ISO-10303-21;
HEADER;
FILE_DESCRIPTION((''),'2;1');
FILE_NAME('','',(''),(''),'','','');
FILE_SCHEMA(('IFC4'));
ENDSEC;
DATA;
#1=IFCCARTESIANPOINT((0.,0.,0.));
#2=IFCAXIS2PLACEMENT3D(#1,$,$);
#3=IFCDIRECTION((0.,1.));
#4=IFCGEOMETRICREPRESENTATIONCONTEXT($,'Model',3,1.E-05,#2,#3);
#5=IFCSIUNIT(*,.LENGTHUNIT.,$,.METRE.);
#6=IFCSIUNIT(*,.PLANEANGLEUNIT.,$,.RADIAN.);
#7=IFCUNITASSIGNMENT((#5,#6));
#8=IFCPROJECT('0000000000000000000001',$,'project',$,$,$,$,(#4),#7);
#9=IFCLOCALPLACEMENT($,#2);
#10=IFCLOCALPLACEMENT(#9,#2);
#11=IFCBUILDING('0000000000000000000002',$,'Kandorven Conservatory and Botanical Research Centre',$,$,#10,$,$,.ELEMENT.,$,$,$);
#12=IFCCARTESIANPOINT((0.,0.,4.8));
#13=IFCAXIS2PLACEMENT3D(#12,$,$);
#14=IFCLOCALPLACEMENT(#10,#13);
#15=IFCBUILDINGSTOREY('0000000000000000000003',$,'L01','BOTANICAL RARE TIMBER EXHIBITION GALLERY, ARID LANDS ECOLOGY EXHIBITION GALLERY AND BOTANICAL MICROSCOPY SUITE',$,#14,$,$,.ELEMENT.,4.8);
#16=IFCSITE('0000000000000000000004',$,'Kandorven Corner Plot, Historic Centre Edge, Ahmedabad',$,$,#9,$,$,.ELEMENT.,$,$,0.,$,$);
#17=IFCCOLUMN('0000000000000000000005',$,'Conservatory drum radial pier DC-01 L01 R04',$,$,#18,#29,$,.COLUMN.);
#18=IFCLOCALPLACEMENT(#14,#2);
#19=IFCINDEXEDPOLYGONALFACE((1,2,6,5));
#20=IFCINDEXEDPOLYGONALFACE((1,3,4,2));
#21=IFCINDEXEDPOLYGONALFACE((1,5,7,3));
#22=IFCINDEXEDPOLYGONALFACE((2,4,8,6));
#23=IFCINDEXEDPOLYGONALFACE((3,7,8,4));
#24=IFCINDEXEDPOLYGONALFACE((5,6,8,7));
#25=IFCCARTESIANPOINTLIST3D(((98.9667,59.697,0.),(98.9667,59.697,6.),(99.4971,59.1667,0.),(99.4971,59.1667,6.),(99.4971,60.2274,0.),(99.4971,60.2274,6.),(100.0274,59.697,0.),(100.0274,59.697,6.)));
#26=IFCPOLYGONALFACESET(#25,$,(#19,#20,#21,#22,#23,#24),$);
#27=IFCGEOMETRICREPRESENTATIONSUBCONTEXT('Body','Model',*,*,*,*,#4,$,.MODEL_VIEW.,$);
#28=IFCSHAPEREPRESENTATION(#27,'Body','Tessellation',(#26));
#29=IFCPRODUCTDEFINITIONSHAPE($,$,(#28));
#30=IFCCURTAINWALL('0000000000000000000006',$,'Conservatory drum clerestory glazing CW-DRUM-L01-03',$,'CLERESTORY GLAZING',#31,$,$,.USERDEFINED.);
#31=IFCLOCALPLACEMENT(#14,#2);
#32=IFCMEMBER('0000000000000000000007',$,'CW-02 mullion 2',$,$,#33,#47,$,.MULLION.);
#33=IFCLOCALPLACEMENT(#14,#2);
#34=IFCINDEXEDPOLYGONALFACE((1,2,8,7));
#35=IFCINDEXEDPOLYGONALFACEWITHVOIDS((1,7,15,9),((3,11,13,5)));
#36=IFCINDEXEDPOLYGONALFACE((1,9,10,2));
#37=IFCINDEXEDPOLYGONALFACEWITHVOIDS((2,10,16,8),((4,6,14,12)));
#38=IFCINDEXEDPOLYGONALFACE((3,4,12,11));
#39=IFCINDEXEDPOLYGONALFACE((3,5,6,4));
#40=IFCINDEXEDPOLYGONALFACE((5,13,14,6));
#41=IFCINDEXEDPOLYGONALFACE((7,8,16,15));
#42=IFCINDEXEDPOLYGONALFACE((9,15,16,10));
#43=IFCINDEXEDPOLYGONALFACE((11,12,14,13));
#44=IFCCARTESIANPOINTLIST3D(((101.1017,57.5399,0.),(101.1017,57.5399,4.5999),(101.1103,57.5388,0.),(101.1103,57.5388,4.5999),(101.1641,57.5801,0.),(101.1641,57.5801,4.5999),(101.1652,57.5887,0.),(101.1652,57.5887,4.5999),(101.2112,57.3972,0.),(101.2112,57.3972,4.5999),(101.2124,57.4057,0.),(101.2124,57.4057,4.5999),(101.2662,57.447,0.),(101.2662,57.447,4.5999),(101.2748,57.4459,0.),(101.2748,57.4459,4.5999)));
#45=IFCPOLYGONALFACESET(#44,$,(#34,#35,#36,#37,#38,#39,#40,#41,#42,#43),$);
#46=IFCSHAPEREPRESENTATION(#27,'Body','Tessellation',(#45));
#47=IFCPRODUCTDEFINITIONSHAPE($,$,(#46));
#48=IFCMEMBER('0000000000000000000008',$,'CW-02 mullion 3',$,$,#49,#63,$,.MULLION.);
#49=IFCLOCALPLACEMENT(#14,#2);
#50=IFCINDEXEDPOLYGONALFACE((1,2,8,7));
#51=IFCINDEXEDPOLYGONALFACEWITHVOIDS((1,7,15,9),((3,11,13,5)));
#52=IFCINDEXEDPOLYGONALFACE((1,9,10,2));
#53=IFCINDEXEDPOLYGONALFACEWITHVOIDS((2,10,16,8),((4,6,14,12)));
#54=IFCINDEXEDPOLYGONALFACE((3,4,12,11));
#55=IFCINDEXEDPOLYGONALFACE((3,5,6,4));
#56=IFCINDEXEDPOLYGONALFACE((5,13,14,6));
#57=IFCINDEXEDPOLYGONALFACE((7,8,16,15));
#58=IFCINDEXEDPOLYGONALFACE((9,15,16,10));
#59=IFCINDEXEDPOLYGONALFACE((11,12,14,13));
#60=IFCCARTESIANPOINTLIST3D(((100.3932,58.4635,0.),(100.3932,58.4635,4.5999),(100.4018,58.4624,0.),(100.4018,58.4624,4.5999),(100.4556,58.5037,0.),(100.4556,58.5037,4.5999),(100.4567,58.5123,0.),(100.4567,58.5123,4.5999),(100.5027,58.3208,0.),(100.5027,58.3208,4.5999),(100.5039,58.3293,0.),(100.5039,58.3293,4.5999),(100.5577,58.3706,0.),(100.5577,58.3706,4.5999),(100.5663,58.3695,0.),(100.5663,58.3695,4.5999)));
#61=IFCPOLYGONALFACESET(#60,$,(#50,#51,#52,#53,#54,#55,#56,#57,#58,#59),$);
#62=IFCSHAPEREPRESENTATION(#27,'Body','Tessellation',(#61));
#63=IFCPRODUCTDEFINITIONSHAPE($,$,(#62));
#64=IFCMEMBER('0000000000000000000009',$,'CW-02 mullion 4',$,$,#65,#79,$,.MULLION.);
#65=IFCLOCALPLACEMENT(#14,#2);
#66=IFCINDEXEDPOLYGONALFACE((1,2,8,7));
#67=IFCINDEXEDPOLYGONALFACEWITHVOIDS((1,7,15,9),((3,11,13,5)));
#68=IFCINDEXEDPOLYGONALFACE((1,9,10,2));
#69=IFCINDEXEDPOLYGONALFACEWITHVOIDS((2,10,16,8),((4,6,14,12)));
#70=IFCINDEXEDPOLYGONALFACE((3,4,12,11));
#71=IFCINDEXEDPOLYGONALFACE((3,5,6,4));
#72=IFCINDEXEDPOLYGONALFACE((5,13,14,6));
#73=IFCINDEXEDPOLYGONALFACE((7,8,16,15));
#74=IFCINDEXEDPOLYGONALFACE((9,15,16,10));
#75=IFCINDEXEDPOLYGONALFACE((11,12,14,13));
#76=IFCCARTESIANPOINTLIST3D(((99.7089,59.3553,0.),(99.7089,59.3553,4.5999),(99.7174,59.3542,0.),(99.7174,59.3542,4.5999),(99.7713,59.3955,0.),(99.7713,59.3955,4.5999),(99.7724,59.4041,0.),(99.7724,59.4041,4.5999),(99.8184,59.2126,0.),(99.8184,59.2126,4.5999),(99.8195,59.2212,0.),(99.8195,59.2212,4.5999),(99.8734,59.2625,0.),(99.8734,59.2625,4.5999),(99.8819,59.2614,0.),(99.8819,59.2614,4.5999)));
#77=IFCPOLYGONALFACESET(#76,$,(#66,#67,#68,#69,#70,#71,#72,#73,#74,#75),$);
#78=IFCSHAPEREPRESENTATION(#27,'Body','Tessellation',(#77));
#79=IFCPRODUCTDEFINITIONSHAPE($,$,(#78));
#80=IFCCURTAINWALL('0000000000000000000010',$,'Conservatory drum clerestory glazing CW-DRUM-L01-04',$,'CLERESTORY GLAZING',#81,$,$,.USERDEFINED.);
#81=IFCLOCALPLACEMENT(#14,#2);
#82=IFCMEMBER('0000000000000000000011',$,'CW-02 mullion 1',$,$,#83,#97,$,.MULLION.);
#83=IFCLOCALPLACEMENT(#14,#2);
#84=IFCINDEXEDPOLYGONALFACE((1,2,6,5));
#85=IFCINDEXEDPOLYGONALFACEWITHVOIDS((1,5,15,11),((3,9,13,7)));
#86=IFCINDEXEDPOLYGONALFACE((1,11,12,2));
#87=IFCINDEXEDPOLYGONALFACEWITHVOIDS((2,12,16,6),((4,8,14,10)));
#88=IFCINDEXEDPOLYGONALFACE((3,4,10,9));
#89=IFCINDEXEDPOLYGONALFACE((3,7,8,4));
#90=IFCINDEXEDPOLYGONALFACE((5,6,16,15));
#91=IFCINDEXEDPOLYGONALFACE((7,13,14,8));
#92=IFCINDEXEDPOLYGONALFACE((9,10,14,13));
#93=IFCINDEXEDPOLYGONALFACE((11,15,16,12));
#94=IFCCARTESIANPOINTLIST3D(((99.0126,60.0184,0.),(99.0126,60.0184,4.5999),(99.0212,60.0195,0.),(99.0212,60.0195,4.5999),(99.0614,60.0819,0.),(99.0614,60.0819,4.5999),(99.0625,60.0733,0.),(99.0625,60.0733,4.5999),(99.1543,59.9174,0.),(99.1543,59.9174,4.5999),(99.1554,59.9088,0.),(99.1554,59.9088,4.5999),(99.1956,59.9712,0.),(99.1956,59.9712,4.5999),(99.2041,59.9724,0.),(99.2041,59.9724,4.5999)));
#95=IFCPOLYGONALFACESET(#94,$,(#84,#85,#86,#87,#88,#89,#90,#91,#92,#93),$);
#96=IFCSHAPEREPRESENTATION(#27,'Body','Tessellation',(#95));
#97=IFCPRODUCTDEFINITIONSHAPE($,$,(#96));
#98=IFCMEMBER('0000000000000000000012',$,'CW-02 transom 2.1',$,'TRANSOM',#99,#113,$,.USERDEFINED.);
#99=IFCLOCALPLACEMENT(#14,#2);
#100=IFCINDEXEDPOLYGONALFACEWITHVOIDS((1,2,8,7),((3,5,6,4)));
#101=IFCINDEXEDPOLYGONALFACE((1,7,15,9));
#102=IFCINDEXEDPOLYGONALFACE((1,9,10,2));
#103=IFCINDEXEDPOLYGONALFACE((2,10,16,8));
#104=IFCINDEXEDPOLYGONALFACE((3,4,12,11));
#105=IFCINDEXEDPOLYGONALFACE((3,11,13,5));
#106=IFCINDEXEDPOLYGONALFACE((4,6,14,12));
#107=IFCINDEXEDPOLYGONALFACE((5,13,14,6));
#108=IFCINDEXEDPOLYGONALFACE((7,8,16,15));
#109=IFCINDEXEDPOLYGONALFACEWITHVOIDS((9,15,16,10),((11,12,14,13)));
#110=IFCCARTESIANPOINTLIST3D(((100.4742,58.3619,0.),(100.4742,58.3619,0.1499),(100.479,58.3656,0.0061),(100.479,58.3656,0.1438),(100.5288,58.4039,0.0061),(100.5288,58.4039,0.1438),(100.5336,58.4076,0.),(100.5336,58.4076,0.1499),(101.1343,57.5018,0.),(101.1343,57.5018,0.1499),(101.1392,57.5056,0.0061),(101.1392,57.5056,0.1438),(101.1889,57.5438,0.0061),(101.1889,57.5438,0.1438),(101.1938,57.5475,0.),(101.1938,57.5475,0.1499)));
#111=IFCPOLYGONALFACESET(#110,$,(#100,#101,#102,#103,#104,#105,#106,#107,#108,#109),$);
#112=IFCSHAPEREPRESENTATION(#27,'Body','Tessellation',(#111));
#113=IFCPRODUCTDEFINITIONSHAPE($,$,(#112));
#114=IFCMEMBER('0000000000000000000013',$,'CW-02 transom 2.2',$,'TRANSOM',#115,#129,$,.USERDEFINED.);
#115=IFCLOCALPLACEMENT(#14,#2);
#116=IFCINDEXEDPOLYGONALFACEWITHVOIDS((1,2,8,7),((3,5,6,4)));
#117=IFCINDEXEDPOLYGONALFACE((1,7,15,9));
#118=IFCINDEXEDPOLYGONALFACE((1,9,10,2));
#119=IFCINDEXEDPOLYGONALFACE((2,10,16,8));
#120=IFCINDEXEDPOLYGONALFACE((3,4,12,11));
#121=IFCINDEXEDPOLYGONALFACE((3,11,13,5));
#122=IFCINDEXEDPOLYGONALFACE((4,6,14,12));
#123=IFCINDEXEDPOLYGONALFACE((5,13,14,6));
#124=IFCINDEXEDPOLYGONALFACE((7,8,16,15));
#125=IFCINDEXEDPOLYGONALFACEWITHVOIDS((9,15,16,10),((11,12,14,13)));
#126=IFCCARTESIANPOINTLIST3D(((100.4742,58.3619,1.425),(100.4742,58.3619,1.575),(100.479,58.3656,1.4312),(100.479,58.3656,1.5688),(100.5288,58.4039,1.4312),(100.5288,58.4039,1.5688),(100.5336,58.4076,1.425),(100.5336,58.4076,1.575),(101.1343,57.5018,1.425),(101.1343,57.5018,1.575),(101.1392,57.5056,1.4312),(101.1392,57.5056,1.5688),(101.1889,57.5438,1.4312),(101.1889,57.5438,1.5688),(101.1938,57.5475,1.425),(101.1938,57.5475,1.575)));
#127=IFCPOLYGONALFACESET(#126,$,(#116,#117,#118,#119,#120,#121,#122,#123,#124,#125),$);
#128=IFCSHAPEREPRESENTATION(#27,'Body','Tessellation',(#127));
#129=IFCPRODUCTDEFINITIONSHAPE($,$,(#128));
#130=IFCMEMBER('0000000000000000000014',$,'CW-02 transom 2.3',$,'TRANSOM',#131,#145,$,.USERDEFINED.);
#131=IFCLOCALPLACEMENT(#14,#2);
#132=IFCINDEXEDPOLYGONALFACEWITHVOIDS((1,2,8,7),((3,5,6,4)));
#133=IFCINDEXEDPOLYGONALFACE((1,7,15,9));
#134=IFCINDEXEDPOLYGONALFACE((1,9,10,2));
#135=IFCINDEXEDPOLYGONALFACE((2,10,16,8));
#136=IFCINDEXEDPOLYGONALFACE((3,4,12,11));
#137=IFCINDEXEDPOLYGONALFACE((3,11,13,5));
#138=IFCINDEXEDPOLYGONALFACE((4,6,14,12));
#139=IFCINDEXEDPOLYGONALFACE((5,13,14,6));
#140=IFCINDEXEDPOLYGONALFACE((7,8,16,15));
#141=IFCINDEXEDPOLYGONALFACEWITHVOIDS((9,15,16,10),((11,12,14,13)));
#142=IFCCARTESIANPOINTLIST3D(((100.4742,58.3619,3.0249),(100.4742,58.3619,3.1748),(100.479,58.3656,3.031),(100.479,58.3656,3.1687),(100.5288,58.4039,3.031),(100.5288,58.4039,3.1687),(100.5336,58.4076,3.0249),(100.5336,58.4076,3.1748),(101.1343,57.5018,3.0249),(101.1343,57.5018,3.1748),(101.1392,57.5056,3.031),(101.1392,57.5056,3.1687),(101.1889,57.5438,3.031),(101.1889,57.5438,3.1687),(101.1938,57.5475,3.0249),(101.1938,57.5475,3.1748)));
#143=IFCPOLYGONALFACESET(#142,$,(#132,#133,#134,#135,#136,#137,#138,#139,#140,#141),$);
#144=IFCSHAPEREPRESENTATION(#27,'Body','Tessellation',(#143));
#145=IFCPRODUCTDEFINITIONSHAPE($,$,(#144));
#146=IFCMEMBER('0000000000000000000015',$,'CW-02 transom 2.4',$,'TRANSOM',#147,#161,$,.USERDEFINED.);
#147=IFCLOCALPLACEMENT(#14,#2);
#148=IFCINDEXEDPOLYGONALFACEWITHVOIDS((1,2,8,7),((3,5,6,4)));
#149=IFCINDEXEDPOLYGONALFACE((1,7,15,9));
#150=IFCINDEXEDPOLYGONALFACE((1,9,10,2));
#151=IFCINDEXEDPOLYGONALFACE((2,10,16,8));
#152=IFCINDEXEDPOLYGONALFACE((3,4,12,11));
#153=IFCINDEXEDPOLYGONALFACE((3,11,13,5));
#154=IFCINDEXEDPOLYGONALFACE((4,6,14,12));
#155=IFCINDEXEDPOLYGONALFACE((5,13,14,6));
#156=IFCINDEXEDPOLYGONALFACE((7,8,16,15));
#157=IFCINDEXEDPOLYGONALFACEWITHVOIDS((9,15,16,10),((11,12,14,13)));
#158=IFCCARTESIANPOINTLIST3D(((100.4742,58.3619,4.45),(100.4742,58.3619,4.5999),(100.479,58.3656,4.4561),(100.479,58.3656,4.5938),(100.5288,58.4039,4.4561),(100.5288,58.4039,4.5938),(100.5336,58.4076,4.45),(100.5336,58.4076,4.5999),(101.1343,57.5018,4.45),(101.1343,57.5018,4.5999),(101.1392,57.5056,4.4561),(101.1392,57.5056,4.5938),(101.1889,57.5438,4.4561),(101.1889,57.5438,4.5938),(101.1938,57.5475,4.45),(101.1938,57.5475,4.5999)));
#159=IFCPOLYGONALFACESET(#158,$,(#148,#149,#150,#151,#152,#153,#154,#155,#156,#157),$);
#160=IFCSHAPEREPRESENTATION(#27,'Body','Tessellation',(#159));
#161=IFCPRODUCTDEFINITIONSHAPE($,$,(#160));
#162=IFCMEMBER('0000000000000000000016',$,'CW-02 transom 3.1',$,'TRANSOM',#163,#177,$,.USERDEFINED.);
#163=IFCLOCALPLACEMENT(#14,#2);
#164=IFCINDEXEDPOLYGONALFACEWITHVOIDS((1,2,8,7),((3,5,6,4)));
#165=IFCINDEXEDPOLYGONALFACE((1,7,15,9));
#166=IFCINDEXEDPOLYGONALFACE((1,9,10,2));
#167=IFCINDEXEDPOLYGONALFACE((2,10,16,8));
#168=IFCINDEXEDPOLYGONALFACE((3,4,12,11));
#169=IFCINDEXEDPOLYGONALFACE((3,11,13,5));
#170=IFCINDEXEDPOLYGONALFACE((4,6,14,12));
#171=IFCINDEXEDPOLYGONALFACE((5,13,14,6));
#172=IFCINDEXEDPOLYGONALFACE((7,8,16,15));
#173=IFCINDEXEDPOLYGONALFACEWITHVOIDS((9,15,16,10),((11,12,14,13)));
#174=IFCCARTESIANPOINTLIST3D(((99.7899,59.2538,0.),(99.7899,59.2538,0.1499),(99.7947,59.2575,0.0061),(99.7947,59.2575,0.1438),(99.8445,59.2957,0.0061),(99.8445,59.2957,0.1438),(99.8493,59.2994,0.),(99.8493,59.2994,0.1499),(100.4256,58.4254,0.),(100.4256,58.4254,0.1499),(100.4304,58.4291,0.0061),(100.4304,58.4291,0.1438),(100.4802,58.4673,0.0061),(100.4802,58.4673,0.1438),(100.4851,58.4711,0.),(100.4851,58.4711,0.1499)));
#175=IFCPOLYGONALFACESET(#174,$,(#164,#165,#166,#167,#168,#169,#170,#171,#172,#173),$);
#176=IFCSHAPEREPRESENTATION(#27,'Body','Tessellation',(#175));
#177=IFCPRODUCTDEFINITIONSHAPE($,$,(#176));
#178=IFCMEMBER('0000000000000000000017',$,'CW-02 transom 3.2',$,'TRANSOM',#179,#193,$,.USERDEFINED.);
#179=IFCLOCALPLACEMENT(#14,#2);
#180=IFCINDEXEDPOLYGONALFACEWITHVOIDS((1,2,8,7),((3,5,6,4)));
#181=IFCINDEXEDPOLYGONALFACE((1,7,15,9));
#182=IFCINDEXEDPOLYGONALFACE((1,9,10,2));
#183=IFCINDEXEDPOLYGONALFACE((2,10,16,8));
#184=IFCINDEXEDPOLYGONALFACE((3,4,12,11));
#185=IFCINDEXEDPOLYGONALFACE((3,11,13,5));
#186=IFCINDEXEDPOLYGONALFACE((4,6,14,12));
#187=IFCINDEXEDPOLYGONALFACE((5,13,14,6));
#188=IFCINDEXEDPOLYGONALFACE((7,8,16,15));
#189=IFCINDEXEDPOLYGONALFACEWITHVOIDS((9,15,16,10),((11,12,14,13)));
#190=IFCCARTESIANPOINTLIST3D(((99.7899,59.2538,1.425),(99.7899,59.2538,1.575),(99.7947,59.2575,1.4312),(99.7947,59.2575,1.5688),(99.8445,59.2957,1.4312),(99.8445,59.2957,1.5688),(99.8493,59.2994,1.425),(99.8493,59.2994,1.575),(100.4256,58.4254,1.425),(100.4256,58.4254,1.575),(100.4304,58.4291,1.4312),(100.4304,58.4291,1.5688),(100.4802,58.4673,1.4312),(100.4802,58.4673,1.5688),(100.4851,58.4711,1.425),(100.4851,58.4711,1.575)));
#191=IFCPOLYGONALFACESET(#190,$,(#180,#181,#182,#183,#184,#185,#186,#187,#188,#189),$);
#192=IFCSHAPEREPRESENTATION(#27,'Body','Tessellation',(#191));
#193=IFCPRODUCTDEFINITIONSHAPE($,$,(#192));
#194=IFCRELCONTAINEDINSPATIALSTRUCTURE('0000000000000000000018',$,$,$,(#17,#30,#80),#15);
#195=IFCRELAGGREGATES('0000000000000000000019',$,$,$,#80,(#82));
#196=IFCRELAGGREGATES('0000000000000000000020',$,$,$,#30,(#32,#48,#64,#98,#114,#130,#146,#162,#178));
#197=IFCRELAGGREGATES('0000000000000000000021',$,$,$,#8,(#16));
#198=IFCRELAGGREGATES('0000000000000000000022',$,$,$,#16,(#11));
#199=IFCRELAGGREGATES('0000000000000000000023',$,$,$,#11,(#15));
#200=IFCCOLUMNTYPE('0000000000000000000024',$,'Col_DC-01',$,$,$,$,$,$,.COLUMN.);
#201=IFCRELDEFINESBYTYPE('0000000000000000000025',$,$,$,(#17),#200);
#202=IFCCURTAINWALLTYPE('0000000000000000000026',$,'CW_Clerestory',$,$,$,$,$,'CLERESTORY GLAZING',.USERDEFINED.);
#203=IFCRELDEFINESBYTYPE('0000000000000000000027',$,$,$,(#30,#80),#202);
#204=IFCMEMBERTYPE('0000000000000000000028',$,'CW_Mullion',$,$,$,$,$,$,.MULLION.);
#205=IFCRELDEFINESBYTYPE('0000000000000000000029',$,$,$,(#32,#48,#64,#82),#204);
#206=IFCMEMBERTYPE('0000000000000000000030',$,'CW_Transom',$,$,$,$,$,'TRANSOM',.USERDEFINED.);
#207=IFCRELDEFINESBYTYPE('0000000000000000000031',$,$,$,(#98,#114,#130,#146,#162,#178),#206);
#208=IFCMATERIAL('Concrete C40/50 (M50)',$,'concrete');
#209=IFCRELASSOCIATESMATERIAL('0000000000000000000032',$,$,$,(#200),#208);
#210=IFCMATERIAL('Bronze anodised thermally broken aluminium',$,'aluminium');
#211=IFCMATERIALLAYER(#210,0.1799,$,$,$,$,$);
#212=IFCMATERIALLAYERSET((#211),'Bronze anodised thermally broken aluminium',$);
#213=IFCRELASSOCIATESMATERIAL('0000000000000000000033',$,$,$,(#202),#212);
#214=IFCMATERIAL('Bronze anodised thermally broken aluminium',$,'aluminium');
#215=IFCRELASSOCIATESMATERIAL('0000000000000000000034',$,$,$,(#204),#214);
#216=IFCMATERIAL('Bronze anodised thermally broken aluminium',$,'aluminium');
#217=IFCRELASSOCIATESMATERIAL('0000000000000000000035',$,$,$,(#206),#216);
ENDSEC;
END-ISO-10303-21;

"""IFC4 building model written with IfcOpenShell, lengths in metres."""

from ifc_helpers import new_model, si_unit, direction, frame, origin, origin_2d, place, context, subcontext, project, spatial, rectangle, hollow_rectangle, extrude, material, layer, layer_set, material_profile, profile_set, type_object, element, aggregate, save


model = new_model("IFC4")

# Units and contexts
model_context = context("Model", 3, precision=1e-05, world=origin(), true_north=direction((0.0, 1.0)))
body_context = subcontext(model_context, "Body", "Model", "MODEL_VIEW")
ifc_project = project(units=[si_unit("LENGTHUNIT", "METRE"), si_unit("PLANEANGLEUNIT", "RADIAN")], contexts=[model_context])

# Site, building, storey
site_placement = place(None, origin())
site = spatial("IfcSite", under=ifc_project, at=site_placement, Name="Kandorven Corner Plot, Historic Centre Edge, Ahmedabad", CompositionType="ELEMENT", RefElevation=0.0)
building_placement = place(site_placement, origin())
building = spatial("IfcBuilding", under=site, at=building_placement, Name="Kandorven Conservatory and Botanical Research Centre", CompositionType="ELEMENT")
storey_placement = place(building_placement, frame((0.0, 0.0, 4.8)))
storey = spatial("IfcBuildingStorey", under=building, at=storey_placement, Name="L01", Description="BOTANICAL RARE TIMBER EXHIBITION GALLERY, ARID LANDS ECOLOGY EXHIBITION GALLERY AND BOTANICAL MICROSCOPY SUITE", CompositionType="ELEMENT", Elevation=4.8)

# Column
ifc_material_1 = material(Name="Concrete C40/50 (M50)", Category="concrete")
ifc_material_profile_1 = material_profile(ifc_material_1, rectangle(XDim=0.75, YDim=0.75, at=origin_2d()))
ifc_profile_set_1 = profile_set([ifc_material_profile_1], Name="Concrete C40/50 (M50)")
column_type = type_object("IfcColumnType", Name="Col_DC-01", PredefinedType="COLUMN", material=ifc_profile_set_1)
column_placement = place(storey_placement, frame((99.4971, 59.697, 0.0), z_axis=(0.0, 0.0, 1.0), x_axis=(0.707107, 0.707107, 0.0)))
element("IfcColumn", 1, at=column_placement, inside=storey, type_object=column_type, Name="Conservatory drum radial pier DC-01 L01 R04", PredefinedType="COLUMN", context=body_context, shape_type="SweptSolid", body=[
    extrude(rectangle(XDim=0.75, YDim=0.75, at=origin_2d()), origin(), (0.0, 0.0, 1.0), 6.0),
])

# Curtain wall, members
ifc_material_2 = material(Name="Bronze anodised thermally broken aluminium", Category="aluminium")
ifc_layer_1 = layer(ifc_material_2, 0.1799)
ifc_layer_set_1 = layer_set([ifc_layer_1], Name="Bronze anodised thermally broken aluminium")
curtain_wall_type = type_object("IfcCurtainWallType", Name="CW_Clerestory", ElementType="CLERESTORY GLAZING", PredefinedType="USERDEFINED", material=ifc_layer_set_1)
curtain_wall_1_placement = place(storey_placement, origin())
curtain_wall_1 = element("IfcCurtainWall", 2, at=curtain_wall_1_placement, inside=storey, type_object=curtain_wall_type, Name="Conservatory drum clerestory glazing CW-DRUM-L01-03", ObjectType="CLERESTORY GLAZING", PredefinedType="USERDEFINED")
ifc_material_3 = material(Name="Bronze anodised thermally broken aluminium", Category="aluminium")
ifc_material_profile_2 = material_profile(ifc_material_3, hollow_rectangle(XDim=0.0801, YDim=0.1799, WallThickness=0.0061, at=origin_2d()))
ifc_profile_set_2 = profile_set([ifc_material_profile_2], Name="Bronze anodised thermally broken aluminium")
member_type_1 = type_object("IfcMemberType", Name="CW_Mullion", PredefinedType="MULLION", material=ifc_profile_set_2)
member_1_placement = place(storey_placement, frame((101.1882, 57.4929, 0.0), z_axis=(0.0, 0.0, 1.0), x_axis=(-0.793347, -0.608769, 0.0)))
member_1 = element("IfcMember", 3, at=member_1_placement, type_object=member_type_1, Name="CW-02 mullion 2", PredefinedType="MULLION", context=body_context, shape_type="SweptSolid", body=[
    extrude(hollow_rectangle(XDim=0.0801, YDim=0.1799, WallThickness=0.0061, at=origin_2d()), origin(), (0.0, 0.0, 1.0), 4.5999),
])
member_2_placement = place(storey_placement, frame((100.4797, 58.4165, 0.0), z_axis=(0.0, 0.0, 1.0), x_axis=(-0.793347, -0.608769, 0.0)))
member_2 = element("IfcMember", 4, at=member_2_placement, type_object=member_type_1, Name="CW-02 mullion 3", PredefinedType="MULLION", context=body_context, shape_type="SweptSolid", body=[
    extrude(hollow_rectangle(XDim=0.0801, YDim=0.1799, WallThickness=0.0061, at=origin_2d()), origin(), (0.0, 0.0, 1.0), 4.5999),
])
member_3_placement = place(storey_placement, frame((99.7954, 59.3083, 0.0), z_axis=(0.0, 0.0, 1.0), x_axis=(-0.793347, -0.608769, 0.0)))
member_3 = element("IfcMember", 5, at=member_3_placement, type_object=member_type_1, Name="CW-02 mullion 4", PredefinedType="MULLION", context=body_context, shape_type="SweptSolid", body=[
    extrude(hollow_rectangle(XDim=0.0801, YDim=0.1799, WallThickness=0.0061, at=origin_2d()), origin(), (0.0, 0.0, 1.0), 4.5999),
])

# Curtain wall, member
curtain_wall_2_placement = place(storey_placement, origin())
curtain_wall_2 = element("IfcCurtainWall", 6, at=curtain_wall_2_placement, inside=storey, type_object=curtain_wall_type, Name="Conservatory drum clerestory glazing CW-DRUM-L01-04", ObjectType="CLERESTORY GLAZING", PredefinedType="USERDEFINED")
member_4_placement = place(storey_placement, frame((99.1084, 59.9954, 0.0), z_axis=(0.0, 0.0, 1.0), x_axis=(-0.608769, -0.793347, 0.0)))
member_4 = element("IfcMember", 7, at=member_4_placement, type_object=member_type_1, Name="CW-02 mullion 1", PredefinedType="MULLION", context=body_context, shape_type="SweptSolid", body=[
    extrude(hollow_rectangle(XDim=0.0801, YDim=0.1799, WallThickness=0.0061, at=origin_2d()), origin(), (0.0, 0.0, 1.0), 4.5999),
])
aggregate(curtain_wall_2, [member_4])

# Members
ifc_material_4 = material(Name="Bronze anodised thermally broken aluminium", Category="aluminium")
ifc_material_profile_3 = material_profile(ifc_material_4, hollow_rectangle(XDim=0.075, YDim=0.1499, WallThickness=0.0061, at=origin_2d()))
ifc_profile_set_3 = profile_set([ifc_material_profile_3], Name="Bronze anodised thermally broken aluminium")
member_type_2 = type_object("IfcMemberType", Name="CW_Transom", ElementType="TRANSOM", PredefinedType="USERDEFINED", material=ifc_profile_set_3)
member_5_placement = place(storey_placement, frame((101.1641, 57.5247, 0.075), z_axis=(-0.608862, 0.793276, 0.0), x_axis=(-0.793276, -0.608862, 0.0)))
member_5 = element("IfcMember", 8, at=member_5_placement, type_object=member_type_2, Name="CW-02 transom 2.1", ObjectType="TRANSOM", PredefinedType="USERDEFINED", context=body_context, shape_type="SweptSolid", body=[
    extrude(hollow_rectangle(XDim=0.075, YDim=0.1499, WallThickness=0.0061, at=origin_2d()), origin(), (0.0, 0.0, 1.0), 1.0842),
])
member_6_placement = place(storey_placement, frame((101.1641, 57.5247, 1.5), z_axis=(-0.608862, 0.793276, 0.0), x_axis=(-0.793276, -0.608862, 0.0)))
member_6 = element("IfcMember", 9, at=member_6_placement, type_object=member_type_2, Name="CW-02 transom 2.2", ObjectType="TRANSOM", PredefinedType="USERDEFINED", context=body_context, shape_type="SweptSolid", body=[
    extrude(hollow_rectangle(XDim=0.075, YDim=0.1499, WallThickness=0.0061, at=origin_2d()), origin(), (0.0, 0.0, 1.0), 1.0842),
])
member_7_placement = place(storey_placement, frame((101.1641, 57.5247, 3.0999), z_axis=(-0.608862, 0.793276, 0.0), x_axis=(-0.793276, -0.608862, 0.0)))
member_7 = element("IfcMember", 10, at=member_7_placement, type_object=member_type_2, Name="CW-02 transom 2.3", ObjectType="TRANSOM", PredefinedType="USERDEFINED", context=body_context, shape_type="SweptSolid", body=[
    extrude(hollow_rectangle(XDim=0.075, YDim=0.1499, WallThickness=0.0061, at=origin_2d()), origin(), (0.0, 0.0, 1.0), 1.0842),
])
member_8_placement = place(storey_placement, frame((101.1641, 57.5247, 4.5249), z_axis=(-0.608862, 0.793276, 0.0), x_axis=(-0.793276, -0.608862, 0.0)))
member_8 = element("IfcMember", 11, at=member_8_placement, type_object=member_type_2, Name="CW-02 transom 2.4", ObjectType="TRANSOM", PredefinedType="USERDEFINED", context=body_context, shape_type="SweptSolid", body=[
    extrude(hollow_rectangle(XDim=0.075, YDim=0.1499, WallThickness=0.0061, at=origin_2d()), origin(), (0.0, 0.0, 1.0), 1.0842),
])
member_9_placement = place(storey_placement, frame((100.4553, 58.4482, 0.075), z_axis=(-0.608829, 0.793301, 0.0), x_axis=(-0.793301, -0.608829, 0.0)))
member_9 = element("IfcMember", 12, at=member_9_placement, type_object=member_type_2, Name="CW-02 transom 3.1", ObjectType="TRANSOM", PredefinedType="USERDEFINED", context=body_context, shape_type="SweptSolid", body=[
    extrude(hollow_rectangle(XDim=0.075, YDim=0.1499, WallThickness=0.0061, at=origin_2d()), origin(), (0.0, 0.0, 1.0), 1.0442),
])
member_10_placement = place(storey_placement, frame((100.4553, 58.4482, 1.5), z_axis=(-0.608829, 0.793301, 0.0), x_axis=(-0.793301, -0.608829, 0.0)))
member_10 = element("IfcMember", 13, at=member_10_placement, type_object=member_type_2, Name="CW-02 transom 3.2", ObjectType="TRANSOM", PredefinedType="USERDEFINED", context=body_context, shape_type="SweptSolid", body=[
    extrude(hollow_rectangle(XDim=0.075, YDim=0.1499, WallThickness=0.0061, at=origin_2d()), origin(), (0.0, 0.0, 1.0), 1.0442),
])

aggregate(curtain_wall_1, [member_1, member_2, member_3, member_5, member_6, member_7, member_8, member_9, member_10])

save(model, "model.ifc")
